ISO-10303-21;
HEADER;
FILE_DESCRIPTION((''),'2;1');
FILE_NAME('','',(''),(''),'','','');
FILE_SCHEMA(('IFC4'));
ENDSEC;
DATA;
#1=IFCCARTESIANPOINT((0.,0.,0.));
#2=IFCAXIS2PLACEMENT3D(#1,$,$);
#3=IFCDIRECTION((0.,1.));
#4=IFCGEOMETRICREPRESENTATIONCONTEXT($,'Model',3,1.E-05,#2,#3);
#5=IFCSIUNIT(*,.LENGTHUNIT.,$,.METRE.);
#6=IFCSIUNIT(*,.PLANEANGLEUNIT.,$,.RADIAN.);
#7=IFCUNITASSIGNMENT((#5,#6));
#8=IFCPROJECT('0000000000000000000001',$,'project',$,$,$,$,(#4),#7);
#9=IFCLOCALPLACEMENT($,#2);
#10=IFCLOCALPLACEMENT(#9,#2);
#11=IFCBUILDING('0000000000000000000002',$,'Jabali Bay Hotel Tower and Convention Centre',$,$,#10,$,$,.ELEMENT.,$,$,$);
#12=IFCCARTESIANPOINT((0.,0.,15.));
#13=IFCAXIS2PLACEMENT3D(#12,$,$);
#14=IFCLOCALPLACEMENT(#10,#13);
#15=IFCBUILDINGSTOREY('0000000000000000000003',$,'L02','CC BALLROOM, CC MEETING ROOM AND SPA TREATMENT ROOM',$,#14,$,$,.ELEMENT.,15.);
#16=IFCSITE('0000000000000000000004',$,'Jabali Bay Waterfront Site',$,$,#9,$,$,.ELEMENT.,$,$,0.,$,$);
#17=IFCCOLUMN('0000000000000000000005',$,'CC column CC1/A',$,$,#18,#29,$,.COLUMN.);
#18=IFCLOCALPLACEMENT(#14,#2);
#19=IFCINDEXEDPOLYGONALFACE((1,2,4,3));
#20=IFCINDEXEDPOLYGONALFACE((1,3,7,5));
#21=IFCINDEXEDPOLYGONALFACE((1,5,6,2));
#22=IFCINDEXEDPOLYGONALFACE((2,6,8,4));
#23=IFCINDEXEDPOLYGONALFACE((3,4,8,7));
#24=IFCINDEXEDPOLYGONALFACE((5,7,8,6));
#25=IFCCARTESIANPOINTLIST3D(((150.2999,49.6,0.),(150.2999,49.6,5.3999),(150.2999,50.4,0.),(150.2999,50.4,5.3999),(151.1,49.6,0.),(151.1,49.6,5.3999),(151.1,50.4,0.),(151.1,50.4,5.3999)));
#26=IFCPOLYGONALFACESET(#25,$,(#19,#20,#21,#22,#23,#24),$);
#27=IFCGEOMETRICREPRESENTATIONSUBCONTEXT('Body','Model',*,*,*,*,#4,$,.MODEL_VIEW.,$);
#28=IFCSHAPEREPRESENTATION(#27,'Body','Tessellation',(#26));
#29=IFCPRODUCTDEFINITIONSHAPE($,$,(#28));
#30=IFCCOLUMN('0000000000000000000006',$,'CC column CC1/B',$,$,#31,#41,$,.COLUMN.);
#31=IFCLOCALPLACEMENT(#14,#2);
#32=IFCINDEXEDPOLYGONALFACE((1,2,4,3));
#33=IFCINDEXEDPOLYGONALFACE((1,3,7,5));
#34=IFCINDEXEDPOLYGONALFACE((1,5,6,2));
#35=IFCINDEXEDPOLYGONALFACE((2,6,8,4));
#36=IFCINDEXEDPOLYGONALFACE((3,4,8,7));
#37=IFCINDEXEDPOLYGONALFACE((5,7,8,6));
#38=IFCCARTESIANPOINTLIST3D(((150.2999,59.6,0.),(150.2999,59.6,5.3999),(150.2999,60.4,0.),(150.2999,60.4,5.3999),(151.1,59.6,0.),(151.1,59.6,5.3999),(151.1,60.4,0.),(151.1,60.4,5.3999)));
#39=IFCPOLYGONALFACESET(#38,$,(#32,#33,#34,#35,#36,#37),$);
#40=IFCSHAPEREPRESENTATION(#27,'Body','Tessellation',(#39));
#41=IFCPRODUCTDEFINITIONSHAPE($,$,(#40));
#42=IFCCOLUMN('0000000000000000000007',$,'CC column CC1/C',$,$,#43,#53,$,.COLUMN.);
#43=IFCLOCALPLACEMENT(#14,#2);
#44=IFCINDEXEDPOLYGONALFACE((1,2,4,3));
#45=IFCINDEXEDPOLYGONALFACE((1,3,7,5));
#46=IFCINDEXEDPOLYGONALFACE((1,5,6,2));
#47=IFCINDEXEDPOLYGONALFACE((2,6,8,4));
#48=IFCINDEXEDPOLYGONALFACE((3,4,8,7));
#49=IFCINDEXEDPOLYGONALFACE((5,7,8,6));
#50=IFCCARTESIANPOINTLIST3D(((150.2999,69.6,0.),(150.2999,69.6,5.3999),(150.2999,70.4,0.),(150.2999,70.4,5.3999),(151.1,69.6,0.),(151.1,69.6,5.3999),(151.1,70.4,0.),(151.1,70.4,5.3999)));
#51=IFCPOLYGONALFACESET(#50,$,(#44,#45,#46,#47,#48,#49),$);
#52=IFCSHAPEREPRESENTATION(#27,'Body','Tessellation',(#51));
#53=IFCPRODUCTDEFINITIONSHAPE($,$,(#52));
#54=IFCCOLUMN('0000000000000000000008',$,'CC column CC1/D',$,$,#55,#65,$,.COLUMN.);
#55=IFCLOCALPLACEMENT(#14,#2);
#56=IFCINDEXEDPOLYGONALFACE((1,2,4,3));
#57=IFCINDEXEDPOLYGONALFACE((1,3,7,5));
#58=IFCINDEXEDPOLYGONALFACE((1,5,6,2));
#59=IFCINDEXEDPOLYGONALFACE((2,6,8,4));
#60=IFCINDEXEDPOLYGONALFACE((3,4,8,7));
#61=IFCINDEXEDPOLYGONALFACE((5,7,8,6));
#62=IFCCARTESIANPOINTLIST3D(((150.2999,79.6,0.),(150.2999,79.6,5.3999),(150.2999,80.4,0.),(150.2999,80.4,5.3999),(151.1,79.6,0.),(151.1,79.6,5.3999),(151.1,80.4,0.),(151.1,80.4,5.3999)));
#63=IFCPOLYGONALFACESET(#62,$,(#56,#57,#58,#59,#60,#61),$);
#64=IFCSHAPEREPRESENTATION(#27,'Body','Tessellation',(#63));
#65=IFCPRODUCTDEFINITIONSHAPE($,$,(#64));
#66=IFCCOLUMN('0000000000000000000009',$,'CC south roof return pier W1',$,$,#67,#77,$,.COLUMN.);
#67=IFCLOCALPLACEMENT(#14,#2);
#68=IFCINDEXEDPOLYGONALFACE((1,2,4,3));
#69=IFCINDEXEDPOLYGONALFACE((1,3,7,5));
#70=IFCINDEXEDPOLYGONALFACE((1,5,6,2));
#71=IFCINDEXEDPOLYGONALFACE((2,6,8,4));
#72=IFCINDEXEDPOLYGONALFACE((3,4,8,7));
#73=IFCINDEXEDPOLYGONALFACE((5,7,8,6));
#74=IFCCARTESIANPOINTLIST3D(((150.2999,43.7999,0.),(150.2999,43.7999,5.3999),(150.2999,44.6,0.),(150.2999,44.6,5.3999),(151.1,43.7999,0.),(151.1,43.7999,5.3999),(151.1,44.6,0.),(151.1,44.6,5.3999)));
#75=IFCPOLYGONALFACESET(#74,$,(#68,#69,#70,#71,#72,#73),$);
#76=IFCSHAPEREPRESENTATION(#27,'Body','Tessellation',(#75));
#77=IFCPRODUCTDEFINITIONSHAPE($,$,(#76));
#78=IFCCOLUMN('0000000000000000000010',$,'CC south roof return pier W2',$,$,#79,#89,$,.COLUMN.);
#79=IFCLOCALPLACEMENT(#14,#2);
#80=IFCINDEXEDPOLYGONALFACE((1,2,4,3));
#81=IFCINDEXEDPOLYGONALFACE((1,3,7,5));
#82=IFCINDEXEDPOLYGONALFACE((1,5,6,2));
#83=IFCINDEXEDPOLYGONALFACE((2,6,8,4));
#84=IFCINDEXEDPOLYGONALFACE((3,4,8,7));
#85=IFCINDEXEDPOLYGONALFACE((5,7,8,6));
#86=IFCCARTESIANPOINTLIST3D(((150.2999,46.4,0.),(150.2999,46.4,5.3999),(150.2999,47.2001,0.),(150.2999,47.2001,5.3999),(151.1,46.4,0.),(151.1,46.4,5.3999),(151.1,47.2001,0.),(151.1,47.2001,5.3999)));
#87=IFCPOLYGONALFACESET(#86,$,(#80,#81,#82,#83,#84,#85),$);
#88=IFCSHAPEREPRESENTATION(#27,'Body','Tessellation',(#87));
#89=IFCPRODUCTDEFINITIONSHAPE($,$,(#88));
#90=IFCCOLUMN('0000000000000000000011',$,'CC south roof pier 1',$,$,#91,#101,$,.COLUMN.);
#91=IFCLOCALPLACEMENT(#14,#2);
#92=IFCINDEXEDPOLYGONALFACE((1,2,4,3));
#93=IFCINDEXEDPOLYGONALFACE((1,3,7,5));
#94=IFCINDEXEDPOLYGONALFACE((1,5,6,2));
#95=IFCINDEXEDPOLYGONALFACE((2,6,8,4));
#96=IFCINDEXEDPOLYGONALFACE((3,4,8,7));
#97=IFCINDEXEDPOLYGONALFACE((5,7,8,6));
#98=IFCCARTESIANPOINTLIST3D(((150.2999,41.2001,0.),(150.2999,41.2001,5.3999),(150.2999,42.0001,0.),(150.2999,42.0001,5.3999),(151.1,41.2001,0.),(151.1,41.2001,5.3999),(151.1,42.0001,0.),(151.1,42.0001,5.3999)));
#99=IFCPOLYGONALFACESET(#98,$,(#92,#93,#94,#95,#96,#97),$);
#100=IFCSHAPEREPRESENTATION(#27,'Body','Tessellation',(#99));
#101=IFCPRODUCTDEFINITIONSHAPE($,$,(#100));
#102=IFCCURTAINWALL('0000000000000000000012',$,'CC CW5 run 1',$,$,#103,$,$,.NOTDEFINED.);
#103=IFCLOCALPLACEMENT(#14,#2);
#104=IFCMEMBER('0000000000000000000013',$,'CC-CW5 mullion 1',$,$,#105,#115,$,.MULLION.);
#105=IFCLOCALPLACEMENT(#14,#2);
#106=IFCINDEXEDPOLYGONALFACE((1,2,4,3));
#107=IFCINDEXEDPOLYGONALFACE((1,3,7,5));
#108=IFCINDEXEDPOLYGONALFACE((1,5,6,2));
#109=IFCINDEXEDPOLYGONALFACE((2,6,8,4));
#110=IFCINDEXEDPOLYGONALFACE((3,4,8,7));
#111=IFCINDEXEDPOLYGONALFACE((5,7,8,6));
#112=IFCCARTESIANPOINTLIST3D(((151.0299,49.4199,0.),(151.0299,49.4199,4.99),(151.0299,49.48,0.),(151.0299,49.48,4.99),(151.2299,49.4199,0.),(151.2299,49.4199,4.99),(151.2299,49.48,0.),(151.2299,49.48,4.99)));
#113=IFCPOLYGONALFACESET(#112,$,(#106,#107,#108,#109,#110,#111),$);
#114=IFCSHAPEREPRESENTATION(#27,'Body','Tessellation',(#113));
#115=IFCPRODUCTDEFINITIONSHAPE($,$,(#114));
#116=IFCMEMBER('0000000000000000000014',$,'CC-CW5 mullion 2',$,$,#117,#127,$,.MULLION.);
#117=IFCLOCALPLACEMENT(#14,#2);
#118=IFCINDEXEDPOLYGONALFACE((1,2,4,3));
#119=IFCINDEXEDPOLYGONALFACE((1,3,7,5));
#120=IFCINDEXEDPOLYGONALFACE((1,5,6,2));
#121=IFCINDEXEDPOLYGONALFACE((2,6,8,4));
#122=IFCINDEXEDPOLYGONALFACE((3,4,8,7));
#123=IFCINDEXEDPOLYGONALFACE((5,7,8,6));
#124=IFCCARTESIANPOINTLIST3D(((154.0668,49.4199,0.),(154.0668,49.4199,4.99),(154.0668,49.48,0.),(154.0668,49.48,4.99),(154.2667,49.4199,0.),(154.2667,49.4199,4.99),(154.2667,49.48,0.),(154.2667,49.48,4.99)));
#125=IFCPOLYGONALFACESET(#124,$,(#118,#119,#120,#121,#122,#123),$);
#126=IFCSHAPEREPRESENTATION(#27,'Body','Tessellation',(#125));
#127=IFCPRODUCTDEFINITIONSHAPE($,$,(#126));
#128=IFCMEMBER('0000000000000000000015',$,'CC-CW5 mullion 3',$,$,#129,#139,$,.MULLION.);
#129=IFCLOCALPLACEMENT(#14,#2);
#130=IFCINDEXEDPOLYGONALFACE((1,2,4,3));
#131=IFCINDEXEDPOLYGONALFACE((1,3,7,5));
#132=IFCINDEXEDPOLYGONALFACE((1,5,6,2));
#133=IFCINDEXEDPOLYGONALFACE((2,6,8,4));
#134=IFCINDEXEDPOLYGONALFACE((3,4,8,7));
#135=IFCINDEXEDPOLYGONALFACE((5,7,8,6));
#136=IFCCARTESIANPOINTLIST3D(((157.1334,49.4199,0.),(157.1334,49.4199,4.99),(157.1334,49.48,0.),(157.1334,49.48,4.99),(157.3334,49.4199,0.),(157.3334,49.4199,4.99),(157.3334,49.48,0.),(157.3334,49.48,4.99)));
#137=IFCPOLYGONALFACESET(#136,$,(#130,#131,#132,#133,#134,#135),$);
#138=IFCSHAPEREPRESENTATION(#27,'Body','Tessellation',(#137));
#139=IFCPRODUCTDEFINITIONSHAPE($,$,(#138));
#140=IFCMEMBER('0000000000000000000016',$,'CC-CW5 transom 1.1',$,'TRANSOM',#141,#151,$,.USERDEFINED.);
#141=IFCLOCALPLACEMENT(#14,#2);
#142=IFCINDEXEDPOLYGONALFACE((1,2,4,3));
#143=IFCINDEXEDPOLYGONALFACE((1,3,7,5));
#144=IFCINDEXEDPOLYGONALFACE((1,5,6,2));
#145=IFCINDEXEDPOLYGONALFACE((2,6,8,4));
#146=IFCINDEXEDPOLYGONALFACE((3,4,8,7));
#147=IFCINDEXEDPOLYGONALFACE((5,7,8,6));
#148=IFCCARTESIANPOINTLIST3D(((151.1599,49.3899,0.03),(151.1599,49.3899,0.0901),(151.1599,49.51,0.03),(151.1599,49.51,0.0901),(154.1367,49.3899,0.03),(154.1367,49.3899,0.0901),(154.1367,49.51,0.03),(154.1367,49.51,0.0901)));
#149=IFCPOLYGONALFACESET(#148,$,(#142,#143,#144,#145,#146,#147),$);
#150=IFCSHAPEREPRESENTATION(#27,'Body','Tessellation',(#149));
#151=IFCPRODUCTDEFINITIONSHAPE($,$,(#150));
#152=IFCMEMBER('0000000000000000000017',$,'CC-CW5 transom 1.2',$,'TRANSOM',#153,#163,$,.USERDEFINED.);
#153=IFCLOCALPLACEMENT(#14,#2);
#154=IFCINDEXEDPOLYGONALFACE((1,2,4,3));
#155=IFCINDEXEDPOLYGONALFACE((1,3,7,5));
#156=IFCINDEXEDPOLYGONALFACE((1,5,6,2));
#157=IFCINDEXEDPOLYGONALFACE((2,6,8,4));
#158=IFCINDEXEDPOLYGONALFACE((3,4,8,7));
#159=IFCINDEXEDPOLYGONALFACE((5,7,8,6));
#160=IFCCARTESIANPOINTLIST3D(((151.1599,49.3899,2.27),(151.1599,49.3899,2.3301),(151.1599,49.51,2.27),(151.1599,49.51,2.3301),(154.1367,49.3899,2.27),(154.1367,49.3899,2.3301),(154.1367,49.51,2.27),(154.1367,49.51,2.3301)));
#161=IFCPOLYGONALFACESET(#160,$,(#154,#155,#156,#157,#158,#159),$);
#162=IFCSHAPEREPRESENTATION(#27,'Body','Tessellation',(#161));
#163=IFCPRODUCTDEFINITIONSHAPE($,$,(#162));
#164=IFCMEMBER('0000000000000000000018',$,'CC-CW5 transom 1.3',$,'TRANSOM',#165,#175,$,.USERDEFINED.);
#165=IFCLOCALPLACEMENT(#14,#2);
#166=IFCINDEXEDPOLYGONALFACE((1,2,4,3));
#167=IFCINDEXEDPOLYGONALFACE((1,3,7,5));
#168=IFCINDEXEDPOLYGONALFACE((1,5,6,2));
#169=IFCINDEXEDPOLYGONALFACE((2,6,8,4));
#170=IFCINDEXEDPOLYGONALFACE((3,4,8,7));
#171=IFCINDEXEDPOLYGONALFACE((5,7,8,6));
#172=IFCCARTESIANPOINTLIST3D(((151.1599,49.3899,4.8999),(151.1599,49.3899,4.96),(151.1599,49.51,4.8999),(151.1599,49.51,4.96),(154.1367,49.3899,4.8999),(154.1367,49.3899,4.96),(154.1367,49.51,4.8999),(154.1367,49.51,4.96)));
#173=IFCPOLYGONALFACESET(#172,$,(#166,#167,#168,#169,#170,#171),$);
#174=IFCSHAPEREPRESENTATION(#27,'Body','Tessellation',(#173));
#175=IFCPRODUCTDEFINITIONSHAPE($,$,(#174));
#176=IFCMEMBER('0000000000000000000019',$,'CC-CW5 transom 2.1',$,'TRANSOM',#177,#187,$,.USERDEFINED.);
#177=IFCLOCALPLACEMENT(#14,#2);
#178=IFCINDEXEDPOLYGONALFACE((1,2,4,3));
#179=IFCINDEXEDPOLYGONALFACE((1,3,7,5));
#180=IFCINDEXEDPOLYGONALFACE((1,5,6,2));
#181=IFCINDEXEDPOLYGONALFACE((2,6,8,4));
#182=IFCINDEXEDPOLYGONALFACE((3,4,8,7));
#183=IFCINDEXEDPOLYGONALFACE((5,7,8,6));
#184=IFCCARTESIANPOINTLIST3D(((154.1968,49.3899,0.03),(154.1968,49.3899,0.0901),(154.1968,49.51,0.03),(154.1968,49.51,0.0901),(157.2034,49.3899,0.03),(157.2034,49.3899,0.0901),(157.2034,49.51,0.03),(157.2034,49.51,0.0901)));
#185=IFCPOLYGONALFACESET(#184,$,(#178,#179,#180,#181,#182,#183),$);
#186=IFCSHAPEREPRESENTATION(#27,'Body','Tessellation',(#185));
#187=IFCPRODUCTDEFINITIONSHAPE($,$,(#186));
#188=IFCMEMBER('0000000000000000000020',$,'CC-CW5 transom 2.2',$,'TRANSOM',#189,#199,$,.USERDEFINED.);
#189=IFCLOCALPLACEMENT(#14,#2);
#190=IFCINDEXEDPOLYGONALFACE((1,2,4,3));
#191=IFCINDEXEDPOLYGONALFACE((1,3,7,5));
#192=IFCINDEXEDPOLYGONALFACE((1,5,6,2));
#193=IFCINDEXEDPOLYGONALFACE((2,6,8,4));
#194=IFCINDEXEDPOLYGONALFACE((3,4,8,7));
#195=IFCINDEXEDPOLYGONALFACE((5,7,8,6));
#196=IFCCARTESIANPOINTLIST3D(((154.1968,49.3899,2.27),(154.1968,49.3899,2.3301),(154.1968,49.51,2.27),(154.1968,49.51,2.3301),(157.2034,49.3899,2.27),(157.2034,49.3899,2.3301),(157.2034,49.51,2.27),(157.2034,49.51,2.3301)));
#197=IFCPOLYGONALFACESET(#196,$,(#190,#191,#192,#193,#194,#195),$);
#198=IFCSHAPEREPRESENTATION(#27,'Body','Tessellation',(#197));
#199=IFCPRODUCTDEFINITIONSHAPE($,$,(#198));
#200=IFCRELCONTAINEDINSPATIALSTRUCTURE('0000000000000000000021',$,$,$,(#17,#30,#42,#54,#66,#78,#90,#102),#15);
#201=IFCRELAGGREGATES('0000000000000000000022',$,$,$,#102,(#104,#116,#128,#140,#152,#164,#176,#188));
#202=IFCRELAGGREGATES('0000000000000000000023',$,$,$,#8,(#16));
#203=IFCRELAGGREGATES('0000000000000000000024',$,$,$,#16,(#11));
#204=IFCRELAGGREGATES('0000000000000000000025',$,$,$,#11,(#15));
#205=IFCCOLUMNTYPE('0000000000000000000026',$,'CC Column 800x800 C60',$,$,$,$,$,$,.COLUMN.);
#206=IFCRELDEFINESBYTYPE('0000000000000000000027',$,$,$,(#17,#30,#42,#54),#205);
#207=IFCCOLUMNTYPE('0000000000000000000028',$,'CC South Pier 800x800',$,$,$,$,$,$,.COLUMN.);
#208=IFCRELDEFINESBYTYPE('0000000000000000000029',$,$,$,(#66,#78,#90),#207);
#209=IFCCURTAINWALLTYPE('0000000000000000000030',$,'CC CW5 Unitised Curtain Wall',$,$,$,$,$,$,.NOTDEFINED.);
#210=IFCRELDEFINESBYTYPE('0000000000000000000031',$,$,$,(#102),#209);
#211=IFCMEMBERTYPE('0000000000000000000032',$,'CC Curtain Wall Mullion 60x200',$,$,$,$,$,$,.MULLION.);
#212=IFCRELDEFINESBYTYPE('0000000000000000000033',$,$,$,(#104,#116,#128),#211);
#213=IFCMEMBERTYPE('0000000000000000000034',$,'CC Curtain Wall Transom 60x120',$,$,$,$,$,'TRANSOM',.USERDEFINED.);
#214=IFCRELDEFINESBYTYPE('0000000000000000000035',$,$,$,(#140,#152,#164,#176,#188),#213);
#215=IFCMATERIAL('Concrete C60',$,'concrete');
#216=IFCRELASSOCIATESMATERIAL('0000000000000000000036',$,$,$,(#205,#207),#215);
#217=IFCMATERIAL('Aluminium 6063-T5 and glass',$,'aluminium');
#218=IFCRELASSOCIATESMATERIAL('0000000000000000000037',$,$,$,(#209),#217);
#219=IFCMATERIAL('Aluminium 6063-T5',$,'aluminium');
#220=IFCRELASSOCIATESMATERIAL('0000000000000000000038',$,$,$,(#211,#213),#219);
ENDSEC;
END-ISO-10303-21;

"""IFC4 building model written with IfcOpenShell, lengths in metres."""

from ifc_helpers import new_model, si_unit, direction, frame, origin, origin_2d, place, context, subcontext, project, spatial, rectangle, extrude, material, material_profile, profile_set, type_object, element, aggregate, save


model = new_model("IFC4")

# Units and contexts
model_context = context("Model", 3, precision=1e-05, world=origin(), true_north=direction((0.0, 1.0)))
body_context = subcontext(model_context, "Body", "Model", "MODEL_VIEW")
ifc_project = project(units=[si_unit("LENGTHUNIT", "METRE"), si_unit("PLANEANGLEUNIT", "RADIAN")], contexts=[model_context])

# Site, building, storey
site_placement = place(None, origin())
site = spatial("IfcSite", under=ifc_project, at=site_placement, Name="Jabali Bay Waterfront Site", CompositionType="ELEMENT", RefElevation=0.0)
building_placement = place(site_placement, origin())
building = spatial("IfcBuilding", under=site, at=building_placement, Name="Jabali Bay Hotel Tower and Convention Centre", CompositionType="ELEMENT")
storey_placement = place(building_placement, frame((0.0, 0.0, 15.0)))
storey = spatial("IfcBuildingStorey", under=building, at=storey_placement, Name="L02", Description="CC BALLROOM, CC MEETING ROOM AND SPA TREATMENT ROOM", CompositionType="ELEMENT", Elevation=15.0)

# Columns
ifc_material_1 = material(Name="Concrete C60", Category="concrete")
ifc_material_profile_1 = material_profile(ifc_material_1, rectangle(XDim=0.8, YDim=0.8, at=origin_2d()), Name="RC 800x800")
ifc_profile_set_1 = profile_set([ifc_material_profile_1], Name="Concrete C60")
column_type_1 = type_object("IfcColumnType", Name="CC Column 800x800 C60", PredefinedType="COLUMN", material=ifc_profile_set_1)
for number, where, z_axis, x_axis, name in (
    (1, (150.7, 50.0, 0.0), (0.0, 0.0, 1.0), (1.0, 0.0, 0.0), "CC column CC1/A"),
    (2, (150.7, 60.0, 0.0), (0.0, 0.0, 1.0), (1.0, 0.0, 0.0), "CC column CC1/B"),
    (3, (150.7, 70.0, 0.0), (0.0, 0.0, 1.0), (1.0, 0.0, 0.0), "CC column CC1/C"),
    (4, (150.7, 80.0, 0.0), (0.0, 0.0, 1.0), (1.0, 0.0, 0.0), "CC column CC1/D"),
):
    element("IfcColumn", number, at=place(storey_placement, frame(where, z_axis=z_axis, x_axis=x_axis)), inside=storey, type_object=column_type_1, Name=name, PredefinedType="COLUMN", context=body_context, shape_type="SweptSolid", body=[
        extrude(rectangle(XDim=0.8, YDim=0.8, at=origin_2d()), origin(), (0.0, 0.0, 1.0), 5.3999),
    ])
ifc_material_profile_2 = material_profile(ifc_material_1, rectangle(XDim=0.8, YDim=0.8, at=origin_2d()), Name="RC 800x800")
ifc_profile_set_2 = profile_set([ifc_material_profile_2], Name="Concrete C60")
column_type_2 = type_object("IfcColumnType", Name="CC South Pier 800x800", PredefinedType="COLUMN", material=ifc_profile_set_2)
for number, where, z_axis, x_axis, name in (
    (5, (150.7, 44.2, 0.0), (0.0, 0.0, 1.0), (1.0, 0.0, 0.0), "CC south roof return pier W1"),
    (6, (150.7, 46.8, 0.0), (0.0, 0.0, 1.0), (1.0, 0.0, 0.0), "CC south roof return pier W2"),
    (7, (150.7, 41.6001, 0.0), (0.0, 0.0, 1.0), (1.0, 0.0, 0.0), "CC south roof pier 1"),
):
    element("IfcColumn", number, at=place(storey_placement, frame(where, z_axis=z_axis, x_axis=x_axis)), inside=storey, type_object=column_type_2, Name=name, PredefinedType="COLUMN", context=body_context, shape_type="SweptSolid", body=[
        extrude(rectangle(XDim=0.8, YDim=0.8, at=origin_2d()), origin(), (0.0, 0.0, 1.0), 5.3999),
    ])

# Curtain wall, members
ifc_material_2 = material(Name="Aluminium 6063-T5 and glass", Category="aluminium")
curtain_wall_type = type_object("IfcCurtainWallType", Name="CC CW5 Unitised Curtain Wall", PredefinedType="NOTDEFINED", material=ifc_material_2)
curtain_wall_placement = place(storey_placement, origin())
curtain_wall = element("IfcCurtainWall", 8, at=curtain_wall_placement, inside=storey, type_object=curtain_wall_type, Name="CC CW5 run 1", PredefinedType="NOTDEFINED")
ifc_material_3 = material(Name="Aluminium 6063-T5", Category="aluminium")
ifc_material_profile_3 = material_profile(ifc_material_3, rectangle(XDim=0.0601, YDim=0.2, at=origin_2d()), Name="AL 60x200")
ifc_profile_set_3 = profile_set([ifc_material_profile_3], Name="Aluminium 6063-T5")
member_type_1 = type_object("IfcMemberType", Name="CC Curtain Wall Mullion 60x200", PredefinedType="MULLION", material=ifc_profile_set_3)
member_1_placement = place(storey_placement, frame((151.1299, 49.45, 0.0), z_axis=(0.0, 0.0, 1.0), x_axis=(0.0, 1.0, 0.0)))
member_1 = element("IfcMember", 9, at=member_1_placement, type_object=member_type_1, Name="CC-CW5 mullion 1", PredefinedType="MULLION", context=body_context, shape_type="SweptSolid", body=[
    extrude(rectangle(XDim=0.0601, YDim=0.2, at=origin_2d()), origin(), (0.0, 0.0, 1.0), 4.99),
])
member_2_placement = place(storey_placement, frame((154.1667, 49.45, 0.0), z_axis=(0.0, 0.0, 1.0), x_axis=(0.0, 1.0, 0.0)))
member_2 = element("IfcMember", 10, at=member_2_placement, type_object=member_type_1, Name="CC-CW5 mullion 2", PredefinedType="MULLION", context=body_context, shape_type="SweptSolid", body=[
    extrude(rectangle(XDim=0.0601, YDim=0.2, at=origin_2d()), origin(), (0.0, 0.0, 1.0), 4.99),
])
member_3_placement = place(storey_placement, frame((157.2334, 49.45, 0.0), z_axis=(0.0, 0.0, 1.0), x_axis=(0.0, 1.0, 0.0)))
member_3 = element("IfcMember", 11, at=member_3_placement, type_object=member_type_1, Name="CC-CW5 mullion 3", PredefinedType="MULLION", context=body_context, shape_type="SweptSolid", body=[
    extrude(rectangle(XDim=0.0601, YDim=0.2, at=origin_2d()), origin(), (0.0, 0.0, 1.0), 4.99),
])
ifc_material_profile_4 = material_profile(ifc_material_3, rectangle(XDim=0.1201, YDim=0.0601, at=origin_2d()), Name="AL 120x60")
ifc_profile_set_4 = profile_set([ifc_material_profile_4], Name="Aluminium 6063-T5")
member_type_2 = type_object("IfcMemberType", Name="CC Curtain Wall Transom 60x120", ElementType="TRANSOM", PredefinedType="USERDEFINED", material=ifc_profile_set_4)
member_4_placement = place(storey_placement, frame((151.1599, 49.45, 0.0601), z_axis=(1.0, 0.0, 0.0), x_axis=(0.0, 1.0, 0.0)))
member_4 = element("IfcMember", 12, at=member_4_placement, type_object=member_type_2, Name="CC-CW5 transom 1.1", ObjectType="TRANSOM", PredefinedType="USERDEFINED", context=body_context, shape_type="SweptSolid", body=[
    extrude(rectangle(XDim=0.1201, YDim=0.0601, at=origin_2d()), origin(), (0.0, 0.0, 1.0), 2.9768),
])
member_5_placement = place(storey_placement, frame((151.1599, 49.45, 2.3), z_axis=(1.0, 0.0, 0.0), x_axis=(0.0, 1.0, 0.0)))
member_5 = element("IfcMember", 13, at=member_5_placement, type_object=member_type_2, Name="CC-CW5 transom 1.2", ObjectType="TRANSOM", PredefinedType="USERDEFINED", context=body_context, shape_type="SweptSolid", body=[
    extrude(rectangle(XDim=0.1201, YDim=0.0601, at=origin_2d()), origin(), (0.0, 0.0, 1.0), 2.9768),
])
member_6_placement = place(storey_placement, frame((151.1599, 49.45, 4.9299), z_axis=(1.0, 0.0, 0.0), x_axis=(0.0, 1.0, 0.0)))
member_6 = element("IfcMember", 14, at=member_6_placement, type_object=member_type_2, Name="CC-CW5 transom 1.3", ObjectType="TRANSOM", PredefinedType="USERDEFINED", context=body_context, shape_type="SweptSolid", body=[
    extrude(rectangle(XDim=0.1201, YDim=0.0601, at=origin_2d()), origin(), (0.0, 0.0, 1.0), 2.9768),
])
member_7_placement = place(storey_placement, frame((154.1968, 49.45, 0.0601), z_axis=(1.0, 0.0, 0.0), x_axis=(0.0, 1.0, 0.0)))
member_7 = element("IfcMember", 15, at=member_7_placement, type_object=member_type_2, Name="CC-CW5 transom 2.1", ObjectType="TRANSOM", PredefinedType="USERDEFINED", context=body_context, shape_type="SweptSolid", body=[
    extrude(rectangle(XDim=0.1201, YDim=0.0601, at=origin_2d()), origin(), (0.0, 0.0, 1.0), 3.0066),
])
member_8_placement = place(storey_placement, frame((154.1968, 49.45, 2.3), z_axis=(1.0, 0.0, 0.0), x_axis=(0.0, 1.0, 0.0)))
member_8 = element("IfcMember", 16, at=member_8_placement, type_object=member_type_2, Name="CC-CW5 transom 2.2", ObjectType="TRANSOM", PredefinedType="USERDEFINED", context=body_context, shape_type="SweptSolid", body=[
    extrude(rectangle(XDim=0.1201, YDim=0.0601, at=origin_2d()), origin(), (0.0, 0.0, 1.0), 3.0066),
])
aggregate(curtain_wall, [member_1, member_2, member_3, member_4, member_5, member_6, member_7, member_8])

save(model, "model.ifc")
